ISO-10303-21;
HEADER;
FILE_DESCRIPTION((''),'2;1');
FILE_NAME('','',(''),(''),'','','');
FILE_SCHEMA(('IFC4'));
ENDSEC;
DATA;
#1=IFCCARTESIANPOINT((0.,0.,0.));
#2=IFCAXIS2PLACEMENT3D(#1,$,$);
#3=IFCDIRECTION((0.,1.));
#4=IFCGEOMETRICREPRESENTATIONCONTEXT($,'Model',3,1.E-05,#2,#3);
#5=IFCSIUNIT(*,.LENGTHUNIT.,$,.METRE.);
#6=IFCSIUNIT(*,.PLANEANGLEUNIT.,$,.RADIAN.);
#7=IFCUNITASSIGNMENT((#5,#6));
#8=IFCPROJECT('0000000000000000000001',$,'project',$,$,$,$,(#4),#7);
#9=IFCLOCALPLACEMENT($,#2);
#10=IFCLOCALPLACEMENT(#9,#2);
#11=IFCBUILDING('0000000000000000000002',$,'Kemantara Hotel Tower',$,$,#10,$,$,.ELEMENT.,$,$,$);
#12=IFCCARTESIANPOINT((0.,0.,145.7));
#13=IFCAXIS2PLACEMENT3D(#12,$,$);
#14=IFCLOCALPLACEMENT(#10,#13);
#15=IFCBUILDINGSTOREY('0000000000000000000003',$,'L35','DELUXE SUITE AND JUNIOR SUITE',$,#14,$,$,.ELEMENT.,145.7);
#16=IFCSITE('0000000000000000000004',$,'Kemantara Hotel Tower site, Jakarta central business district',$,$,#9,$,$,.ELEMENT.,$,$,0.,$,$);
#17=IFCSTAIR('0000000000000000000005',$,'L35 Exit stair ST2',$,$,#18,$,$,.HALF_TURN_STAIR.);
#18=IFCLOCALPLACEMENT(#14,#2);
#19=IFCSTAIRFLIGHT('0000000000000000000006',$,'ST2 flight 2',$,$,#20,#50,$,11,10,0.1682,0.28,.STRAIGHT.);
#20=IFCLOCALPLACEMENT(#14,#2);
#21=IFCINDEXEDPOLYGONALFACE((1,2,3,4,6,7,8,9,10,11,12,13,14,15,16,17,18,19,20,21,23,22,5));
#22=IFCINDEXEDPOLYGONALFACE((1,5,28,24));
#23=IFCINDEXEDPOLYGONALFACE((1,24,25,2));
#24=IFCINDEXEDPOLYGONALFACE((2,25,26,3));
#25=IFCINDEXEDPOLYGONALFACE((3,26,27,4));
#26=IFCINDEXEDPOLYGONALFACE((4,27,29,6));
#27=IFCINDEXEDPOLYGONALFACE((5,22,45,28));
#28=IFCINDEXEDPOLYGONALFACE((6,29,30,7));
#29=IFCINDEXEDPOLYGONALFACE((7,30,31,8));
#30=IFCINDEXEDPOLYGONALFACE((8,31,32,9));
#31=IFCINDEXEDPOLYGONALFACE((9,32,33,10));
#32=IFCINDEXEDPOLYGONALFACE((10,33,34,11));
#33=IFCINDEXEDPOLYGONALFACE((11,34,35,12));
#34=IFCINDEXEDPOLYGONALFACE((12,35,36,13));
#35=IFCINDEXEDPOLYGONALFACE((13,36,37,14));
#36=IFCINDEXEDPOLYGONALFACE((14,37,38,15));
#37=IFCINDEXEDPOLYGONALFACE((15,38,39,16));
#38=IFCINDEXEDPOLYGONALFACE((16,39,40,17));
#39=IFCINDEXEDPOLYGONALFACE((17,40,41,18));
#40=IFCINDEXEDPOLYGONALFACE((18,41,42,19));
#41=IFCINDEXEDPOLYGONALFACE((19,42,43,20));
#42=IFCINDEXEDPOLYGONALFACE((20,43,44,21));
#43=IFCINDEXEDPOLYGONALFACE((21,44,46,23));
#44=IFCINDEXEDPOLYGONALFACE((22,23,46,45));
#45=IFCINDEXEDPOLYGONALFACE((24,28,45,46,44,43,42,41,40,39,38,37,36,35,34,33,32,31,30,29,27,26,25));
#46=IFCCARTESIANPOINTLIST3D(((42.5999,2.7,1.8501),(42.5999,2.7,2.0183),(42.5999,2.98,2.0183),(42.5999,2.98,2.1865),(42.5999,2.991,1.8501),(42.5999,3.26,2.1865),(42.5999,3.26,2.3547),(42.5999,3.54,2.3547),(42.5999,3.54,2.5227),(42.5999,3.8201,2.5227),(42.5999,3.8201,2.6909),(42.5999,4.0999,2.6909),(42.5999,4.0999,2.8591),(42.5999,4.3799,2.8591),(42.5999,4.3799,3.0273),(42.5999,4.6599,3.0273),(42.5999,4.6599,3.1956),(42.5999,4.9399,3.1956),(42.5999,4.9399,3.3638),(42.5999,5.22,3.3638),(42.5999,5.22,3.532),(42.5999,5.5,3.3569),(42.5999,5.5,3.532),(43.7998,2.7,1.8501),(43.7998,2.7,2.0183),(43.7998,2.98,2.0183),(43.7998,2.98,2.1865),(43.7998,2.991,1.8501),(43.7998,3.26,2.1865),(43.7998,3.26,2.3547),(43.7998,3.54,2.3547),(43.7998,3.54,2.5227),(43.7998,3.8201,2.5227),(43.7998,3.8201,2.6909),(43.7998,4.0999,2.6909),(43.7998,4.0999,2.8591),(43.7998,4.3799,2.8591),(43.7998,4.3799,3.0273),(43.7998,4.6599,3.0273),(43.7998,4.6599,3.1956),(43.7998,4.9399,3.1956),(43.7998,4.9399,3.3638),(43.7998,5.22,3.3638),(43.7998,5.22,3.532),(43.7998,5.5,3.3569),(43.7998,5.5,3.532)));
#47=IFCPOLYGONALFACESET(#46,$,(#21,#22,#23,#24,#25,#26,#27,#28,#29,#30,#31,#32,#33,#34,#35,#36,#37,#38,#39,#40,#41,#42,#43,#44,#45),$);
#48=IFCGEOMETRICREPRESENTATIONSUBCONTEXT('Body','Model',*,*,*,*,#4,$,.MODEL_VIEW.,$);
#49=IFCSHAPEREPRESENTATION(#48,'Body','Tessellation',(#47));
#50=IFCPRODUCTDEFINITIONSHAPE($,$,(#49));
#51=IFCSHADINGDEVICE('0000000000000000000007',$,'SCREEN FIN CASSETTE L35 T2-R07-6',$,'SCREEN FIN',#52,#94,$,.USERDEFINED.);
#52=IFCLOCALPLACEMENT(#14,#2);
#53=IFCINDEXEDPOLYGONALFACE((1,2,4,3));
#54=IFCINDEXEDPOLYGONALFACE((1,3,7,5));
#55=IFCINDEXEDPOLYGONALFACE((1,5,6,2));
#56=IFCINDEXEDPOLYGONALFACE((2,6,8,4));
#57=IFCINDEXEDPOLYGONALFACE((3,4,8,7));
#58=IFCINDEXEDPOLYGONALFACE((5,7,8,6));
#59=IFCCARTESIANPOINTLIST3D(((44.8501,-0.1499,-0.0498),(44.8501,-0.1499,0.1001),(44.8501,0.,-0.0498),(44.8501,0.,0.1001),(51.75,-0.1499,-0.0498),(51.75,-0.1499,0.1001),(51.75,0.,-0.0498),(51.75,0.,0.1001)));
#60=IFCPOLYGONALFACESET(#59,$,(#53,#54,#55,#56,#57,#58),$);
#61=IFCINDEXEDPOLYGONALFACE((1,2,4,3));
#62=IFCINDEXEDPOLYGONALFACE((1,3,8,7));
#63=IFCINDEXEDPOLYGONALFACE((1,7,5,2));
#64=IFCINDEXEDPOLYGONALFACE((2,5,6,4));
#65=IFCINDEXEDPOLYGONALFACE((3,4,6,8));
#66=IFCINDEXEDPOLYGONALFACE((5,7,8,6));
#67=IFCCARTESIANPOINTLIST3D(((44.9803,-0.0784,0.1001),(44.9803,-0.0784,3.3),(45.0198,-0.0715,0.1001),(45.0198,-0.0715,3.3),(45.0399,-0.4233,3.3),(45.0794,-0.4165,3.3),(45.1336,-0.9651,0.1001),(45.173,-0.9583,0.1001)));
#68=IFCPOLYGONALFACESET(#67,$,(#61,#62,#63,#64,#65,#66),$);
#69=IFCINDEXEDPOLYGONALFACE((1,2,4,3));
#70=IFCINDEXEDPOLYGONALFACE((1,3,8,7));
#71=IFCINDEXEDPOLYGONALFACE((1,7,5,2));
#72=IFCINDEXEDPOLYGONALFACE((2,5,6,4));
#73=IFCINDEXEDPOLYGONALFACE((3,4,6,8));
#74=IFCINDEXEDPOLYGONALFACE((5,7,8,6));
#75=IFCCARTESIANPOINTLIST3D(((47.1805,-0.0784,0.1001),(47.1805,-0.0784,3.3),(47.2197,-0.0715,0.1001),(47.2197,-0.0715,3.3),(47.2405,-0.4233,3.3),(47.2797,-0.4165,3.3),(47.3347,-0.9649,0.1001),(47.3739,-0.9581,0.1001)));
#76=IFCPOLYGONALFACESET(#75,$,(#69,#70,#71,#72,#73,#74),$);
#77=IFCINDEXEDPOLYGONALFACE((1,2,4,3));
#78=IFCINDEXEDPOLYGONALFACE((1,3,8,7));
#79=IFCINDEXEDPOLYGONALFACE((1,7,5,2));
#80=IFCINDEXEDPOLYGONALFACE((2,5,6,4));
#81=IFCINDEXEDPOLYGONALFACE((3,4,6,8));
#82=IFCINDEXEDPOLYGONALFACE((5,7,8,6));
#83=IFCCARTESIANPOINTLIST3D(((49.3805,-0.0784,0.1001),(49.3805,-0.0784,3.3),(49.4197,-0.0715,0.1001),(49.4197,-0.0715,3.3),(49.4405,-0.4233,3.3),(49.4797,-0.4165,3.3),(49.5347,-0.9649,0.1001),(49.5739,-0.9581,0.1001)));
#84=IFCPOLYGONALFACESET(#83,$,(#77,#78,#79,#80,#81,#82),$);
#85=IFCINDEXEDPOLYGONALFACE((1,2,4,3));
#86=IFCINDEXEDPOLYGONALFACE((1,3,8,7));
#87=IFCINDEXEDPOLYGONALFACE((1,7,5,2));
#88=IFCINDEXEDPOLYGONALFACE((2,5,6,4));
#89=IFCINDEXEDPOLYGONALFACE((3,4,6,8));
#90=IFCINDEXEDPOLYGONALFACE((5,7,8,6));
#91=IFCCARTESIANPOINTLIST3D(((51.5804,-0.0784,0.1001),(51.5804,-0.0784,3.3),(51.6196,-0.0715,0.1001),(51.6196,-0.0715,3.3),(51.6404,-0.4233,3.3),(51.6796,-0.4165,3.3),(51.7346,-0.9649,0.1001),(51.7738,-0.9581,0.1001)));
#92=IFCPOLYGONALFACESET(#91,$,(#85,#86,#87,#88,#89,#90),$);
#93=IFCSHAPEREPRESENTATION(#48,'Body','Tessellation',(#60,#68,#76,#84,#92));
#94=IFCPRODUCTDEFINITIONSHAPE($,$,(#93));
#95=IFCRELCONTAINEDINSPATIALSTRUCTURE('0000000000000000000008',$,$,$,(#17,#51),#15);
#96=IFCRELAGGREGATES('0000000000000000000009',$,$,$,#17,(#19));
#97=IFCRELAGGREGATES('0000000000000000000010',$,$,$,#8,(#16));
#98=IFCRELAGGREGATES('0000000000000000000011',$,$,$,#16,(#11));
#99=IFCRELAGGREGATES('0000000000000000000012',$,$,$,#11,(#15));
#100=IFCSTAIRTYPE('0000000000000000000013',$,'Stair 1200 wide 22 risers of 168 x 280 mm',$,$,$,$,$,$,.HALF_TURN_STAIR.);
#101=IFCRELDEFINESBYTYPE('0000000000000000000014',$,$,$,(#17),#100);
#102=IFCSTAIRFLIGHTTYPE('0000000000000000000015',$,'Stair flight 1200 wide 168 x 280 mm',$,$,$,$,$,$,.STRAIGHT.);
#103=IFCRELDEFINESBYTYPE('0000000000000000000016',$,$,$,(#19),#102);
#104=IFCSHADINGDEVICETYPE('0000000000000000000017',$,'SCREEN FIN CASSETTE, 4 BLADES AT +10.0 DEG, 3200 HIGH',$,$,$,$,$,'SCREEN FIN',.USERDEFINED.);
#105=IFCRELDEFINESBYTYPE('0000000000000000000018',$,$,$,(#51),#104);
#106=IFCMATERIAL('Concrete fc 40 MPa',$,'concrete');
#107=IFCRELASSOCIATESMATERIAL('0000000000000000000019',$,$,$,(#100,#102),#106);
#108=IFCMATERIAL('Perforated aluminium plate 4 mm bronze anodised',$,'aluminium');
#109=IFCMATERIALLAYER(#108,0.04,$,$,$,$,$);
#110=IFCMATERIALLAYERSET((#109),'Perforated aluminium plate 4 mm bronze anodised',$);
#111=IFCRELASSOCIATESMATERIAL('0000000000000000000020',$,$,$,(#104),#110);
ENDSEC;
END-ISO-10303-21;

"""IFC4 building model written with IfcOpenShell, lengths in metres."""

from ifc_helpers import new_model, si_unit, direction, frame, origin, origin_2d, place, context, subcontext, project, spatial, polyline, rectangle, outline, extrude, source, transform, mapped, material, layer, layer_set, type_object, element, aggregate, save


model = new_model("IFC4")

# Units and contexts
model_context = context("Model", 3, precision=1e-05, world=origin(), true_north=direction((0.0, 1.0)))
body_context = subcontext(model_context, "Body", "Model", "MODEL_VIEW")
ifc_project = project(units=[si_unit("LENGTHUNIT", "METRE"), si_unit("PLANEANGLEUNIT", "RADIAN")], contexts=[model_context])

# Site, building, storey
site_placement = place(None, origin())
site = spatial("IfcSite", under=ifc_project, at=site_placement, Name="Kemantara Hotel Tower site, Jakarta central business district", CompositionType="ELEMENT", RefElevation=0.0)
building_placement = place(site_placement, origin())
building = spatial("IfcBuilding", under=site, at=building_placement, Name="Kemantara Hotel Tower", CompositionType="ELEMENT")
storey_placement = place(building_placement, frame((0.0, 0.0, 145.7)))
storey = spatial("IfcBuildingStorey", under=building, at=storey_placement, Name="L35", Description="DELUXE SUITE AND JUNIOR SUITE", CompositionType="ELEMENT", Elevation=145.7)

# Stair, stair flight
ifc_material_1 = material(Name="Concrete fc 40 MPa", Category="concrete")
stair_type = type_object("IfcStairType", Name="Stair 1200 wide 22 risers of 168 x 280 mm", PredefinedType="HALF_TURN_STAIR", material=ifc_material_1)
stair_placement = place(storey_placement, origin())
stair = element("IfcStair", 1, at=stair_placement, inside=storey, type_object=stair_type, Name="L35 Exit stair ST2", PredefinedType="HALF_TURN_STAIR")
stair_flight_type = type_object("IfcStairFlightType", Name="Stair flight 1200 wide 168 x 280 mm", PredefinedType="STRAIGHT", material=ifc_material_1)
stair_flight_1_placement = place(storey_placement, frame((43.2, 2.7, 1.8501), z_axis=(0.0, 0.0, 1.0), x_axis=(0.0, 1.0, 0.0)))
stair_flight_1 = element("IfcStairFlight", 2, at=stair_flight_1_placement, type_object=stair_flight_type, Name="ST2 flight 2", NumberOfRisers=11, NumberOfTreads=10, PredefinedType="STRAIGHT", RiserHeight=0.1682, TreadLength=0.28, context=body_context, shape_type="SweptSolid", body=[
    extrude(outline(polyline([(0.0, 0.0), (0.0, 0.1682), (0.28, 0.1682), (0.28, 0.3364), (0.5601, 0.3364), (0.5601, 0.5046), (0.8401, 0.5046), (0.8401, 0.6726), (1.1201, 0.6726), (1.1201, 0.8408), (1.3999, 0.8408), (1.3999, 1.009), (1.6799, 1.009), (1.6799, 1.1772), (1.96, 1.1772), (1.96, 1.3455), (2.24, 1.3455), (2.24, 1.5137), (2.52, 1.5137), (2.52, 1.6819), (2.8, 1.6819), (2.8, 1.8501), (2.8, 1.5068), (0.291, 0.0), (0.0, 0.0)])), frame((0.0, 0.6001, 0.0), z_axis=(0.0, -1.0, 0.0), x_axis=(1.0, 0.0, 0.0)), (0.0, 0.0, 1.0), 1.2),
])
aggregate(stair, [stair_flight_1])

# Shading device
ifc_material_2 = material(Name="Perforated aluminium plate 4 mm bronze anodised", Category="aluminium")
ifc_layer_1 = layer(ifc_material_2, 0.04)
ifc_layer_set_1 = layer_set([ifc_layer_1], Name="Perforated aluminium plate 4 mm bronze anodised")
shading_device_type = type_object("IfcShadingDeviceType", Name="SCREEN FIN CASSETTE, 4 BLADES AT +10.0 DEG, 3200 HIGH", ElementType="SCREEN FIN", PredefinedType="USERDEFINED", material=ifc_layer_set_1)
shared_shape = source(origin(), body_context, "Body", "SweptSolid", [
    extrude(rectangle(XDim=6.8999, YDim=0.1499, at=origin_2d()), frame((3.3, -0.075, -0.1499), z_axis=(0.0, 0.0, 1.0), x_axis=(1.0, 0.0, 0.0)), (0.0, 0.0, 1.0), 0.1499),
    extrude(outline(polyline([(0.0, 0.0), (0.8999, 0.0), (0.3501, 3.2), (0.0, 3.2), (0.0, 0.0)])), frame((0.0198, -0.0715, 0.0), z_axis=(-0.98539, -0.170314, 0.0), x_axis=(0.170314, -0.98539, 0.0)), (0.0, 0.0, 1.0), 0.04),
    extrude(outline(polyline([(0.0, 0.0), (0.8999, 0.0), (0.3501, 3.2), (0.0, 3.2), (0.0, 0.0)])), frame((2.2197, -0.0715, 0.0), z_axis=(-0.985212, -0.171341, 0.0), x_axis=(0.171341, -0.985212, 0.0)), (0.0, 0.0, 1.0), 0.0398),
    extrude(outline(polyline([(0.0, 0.0), (0.8999, 0.0), (0.3501, 3.2), (0.0, 3.2), (0.0, 0.0)])), frame((4.4197, -0.0715, 0.0), z_axis=(-0.985212, -0.171341, 0.0), x_axis=(0.171341, -0.985212, 0.0)), (0.0, 0.0, 1.0), 0.0398),
    extrude(outline(polyline([(0.0, 0.0), (0.8999, 0.0), (0.3501, 3.2), (0.0, 3.2), (0.0, 0.0)])), frame((6.6196, -0.0715, 0.0), z_axis=(-0.985212, -0.171341, 0.0), x_axis=(0.171341, -0.985212, 0.0)), (0.0, 0.0, 1.0), 0.0398),
])
shading_device_placement = place(storey_placement, frame((45.0, 0.0, 0.1001), z_axis=(0.0, 0.0, 1.0), x_axis=(1.0, 0.0, 0.0)))
element("IfcShadingDevice", 3, at=shading_device_placement, inside=storey, type_object=shading_device_type, Name="SCREEN FIN CASSETTE L35 T2-R07-6", ObjectType="SCREEN FIN", PredefinedType="USERDEFINED", context=body_context, shape_type="MappedRepresentation", body=[
    mapped(shared_shape, transform((0.0, 0.0, 0.0))),
])

save(model, "model.ifc")
